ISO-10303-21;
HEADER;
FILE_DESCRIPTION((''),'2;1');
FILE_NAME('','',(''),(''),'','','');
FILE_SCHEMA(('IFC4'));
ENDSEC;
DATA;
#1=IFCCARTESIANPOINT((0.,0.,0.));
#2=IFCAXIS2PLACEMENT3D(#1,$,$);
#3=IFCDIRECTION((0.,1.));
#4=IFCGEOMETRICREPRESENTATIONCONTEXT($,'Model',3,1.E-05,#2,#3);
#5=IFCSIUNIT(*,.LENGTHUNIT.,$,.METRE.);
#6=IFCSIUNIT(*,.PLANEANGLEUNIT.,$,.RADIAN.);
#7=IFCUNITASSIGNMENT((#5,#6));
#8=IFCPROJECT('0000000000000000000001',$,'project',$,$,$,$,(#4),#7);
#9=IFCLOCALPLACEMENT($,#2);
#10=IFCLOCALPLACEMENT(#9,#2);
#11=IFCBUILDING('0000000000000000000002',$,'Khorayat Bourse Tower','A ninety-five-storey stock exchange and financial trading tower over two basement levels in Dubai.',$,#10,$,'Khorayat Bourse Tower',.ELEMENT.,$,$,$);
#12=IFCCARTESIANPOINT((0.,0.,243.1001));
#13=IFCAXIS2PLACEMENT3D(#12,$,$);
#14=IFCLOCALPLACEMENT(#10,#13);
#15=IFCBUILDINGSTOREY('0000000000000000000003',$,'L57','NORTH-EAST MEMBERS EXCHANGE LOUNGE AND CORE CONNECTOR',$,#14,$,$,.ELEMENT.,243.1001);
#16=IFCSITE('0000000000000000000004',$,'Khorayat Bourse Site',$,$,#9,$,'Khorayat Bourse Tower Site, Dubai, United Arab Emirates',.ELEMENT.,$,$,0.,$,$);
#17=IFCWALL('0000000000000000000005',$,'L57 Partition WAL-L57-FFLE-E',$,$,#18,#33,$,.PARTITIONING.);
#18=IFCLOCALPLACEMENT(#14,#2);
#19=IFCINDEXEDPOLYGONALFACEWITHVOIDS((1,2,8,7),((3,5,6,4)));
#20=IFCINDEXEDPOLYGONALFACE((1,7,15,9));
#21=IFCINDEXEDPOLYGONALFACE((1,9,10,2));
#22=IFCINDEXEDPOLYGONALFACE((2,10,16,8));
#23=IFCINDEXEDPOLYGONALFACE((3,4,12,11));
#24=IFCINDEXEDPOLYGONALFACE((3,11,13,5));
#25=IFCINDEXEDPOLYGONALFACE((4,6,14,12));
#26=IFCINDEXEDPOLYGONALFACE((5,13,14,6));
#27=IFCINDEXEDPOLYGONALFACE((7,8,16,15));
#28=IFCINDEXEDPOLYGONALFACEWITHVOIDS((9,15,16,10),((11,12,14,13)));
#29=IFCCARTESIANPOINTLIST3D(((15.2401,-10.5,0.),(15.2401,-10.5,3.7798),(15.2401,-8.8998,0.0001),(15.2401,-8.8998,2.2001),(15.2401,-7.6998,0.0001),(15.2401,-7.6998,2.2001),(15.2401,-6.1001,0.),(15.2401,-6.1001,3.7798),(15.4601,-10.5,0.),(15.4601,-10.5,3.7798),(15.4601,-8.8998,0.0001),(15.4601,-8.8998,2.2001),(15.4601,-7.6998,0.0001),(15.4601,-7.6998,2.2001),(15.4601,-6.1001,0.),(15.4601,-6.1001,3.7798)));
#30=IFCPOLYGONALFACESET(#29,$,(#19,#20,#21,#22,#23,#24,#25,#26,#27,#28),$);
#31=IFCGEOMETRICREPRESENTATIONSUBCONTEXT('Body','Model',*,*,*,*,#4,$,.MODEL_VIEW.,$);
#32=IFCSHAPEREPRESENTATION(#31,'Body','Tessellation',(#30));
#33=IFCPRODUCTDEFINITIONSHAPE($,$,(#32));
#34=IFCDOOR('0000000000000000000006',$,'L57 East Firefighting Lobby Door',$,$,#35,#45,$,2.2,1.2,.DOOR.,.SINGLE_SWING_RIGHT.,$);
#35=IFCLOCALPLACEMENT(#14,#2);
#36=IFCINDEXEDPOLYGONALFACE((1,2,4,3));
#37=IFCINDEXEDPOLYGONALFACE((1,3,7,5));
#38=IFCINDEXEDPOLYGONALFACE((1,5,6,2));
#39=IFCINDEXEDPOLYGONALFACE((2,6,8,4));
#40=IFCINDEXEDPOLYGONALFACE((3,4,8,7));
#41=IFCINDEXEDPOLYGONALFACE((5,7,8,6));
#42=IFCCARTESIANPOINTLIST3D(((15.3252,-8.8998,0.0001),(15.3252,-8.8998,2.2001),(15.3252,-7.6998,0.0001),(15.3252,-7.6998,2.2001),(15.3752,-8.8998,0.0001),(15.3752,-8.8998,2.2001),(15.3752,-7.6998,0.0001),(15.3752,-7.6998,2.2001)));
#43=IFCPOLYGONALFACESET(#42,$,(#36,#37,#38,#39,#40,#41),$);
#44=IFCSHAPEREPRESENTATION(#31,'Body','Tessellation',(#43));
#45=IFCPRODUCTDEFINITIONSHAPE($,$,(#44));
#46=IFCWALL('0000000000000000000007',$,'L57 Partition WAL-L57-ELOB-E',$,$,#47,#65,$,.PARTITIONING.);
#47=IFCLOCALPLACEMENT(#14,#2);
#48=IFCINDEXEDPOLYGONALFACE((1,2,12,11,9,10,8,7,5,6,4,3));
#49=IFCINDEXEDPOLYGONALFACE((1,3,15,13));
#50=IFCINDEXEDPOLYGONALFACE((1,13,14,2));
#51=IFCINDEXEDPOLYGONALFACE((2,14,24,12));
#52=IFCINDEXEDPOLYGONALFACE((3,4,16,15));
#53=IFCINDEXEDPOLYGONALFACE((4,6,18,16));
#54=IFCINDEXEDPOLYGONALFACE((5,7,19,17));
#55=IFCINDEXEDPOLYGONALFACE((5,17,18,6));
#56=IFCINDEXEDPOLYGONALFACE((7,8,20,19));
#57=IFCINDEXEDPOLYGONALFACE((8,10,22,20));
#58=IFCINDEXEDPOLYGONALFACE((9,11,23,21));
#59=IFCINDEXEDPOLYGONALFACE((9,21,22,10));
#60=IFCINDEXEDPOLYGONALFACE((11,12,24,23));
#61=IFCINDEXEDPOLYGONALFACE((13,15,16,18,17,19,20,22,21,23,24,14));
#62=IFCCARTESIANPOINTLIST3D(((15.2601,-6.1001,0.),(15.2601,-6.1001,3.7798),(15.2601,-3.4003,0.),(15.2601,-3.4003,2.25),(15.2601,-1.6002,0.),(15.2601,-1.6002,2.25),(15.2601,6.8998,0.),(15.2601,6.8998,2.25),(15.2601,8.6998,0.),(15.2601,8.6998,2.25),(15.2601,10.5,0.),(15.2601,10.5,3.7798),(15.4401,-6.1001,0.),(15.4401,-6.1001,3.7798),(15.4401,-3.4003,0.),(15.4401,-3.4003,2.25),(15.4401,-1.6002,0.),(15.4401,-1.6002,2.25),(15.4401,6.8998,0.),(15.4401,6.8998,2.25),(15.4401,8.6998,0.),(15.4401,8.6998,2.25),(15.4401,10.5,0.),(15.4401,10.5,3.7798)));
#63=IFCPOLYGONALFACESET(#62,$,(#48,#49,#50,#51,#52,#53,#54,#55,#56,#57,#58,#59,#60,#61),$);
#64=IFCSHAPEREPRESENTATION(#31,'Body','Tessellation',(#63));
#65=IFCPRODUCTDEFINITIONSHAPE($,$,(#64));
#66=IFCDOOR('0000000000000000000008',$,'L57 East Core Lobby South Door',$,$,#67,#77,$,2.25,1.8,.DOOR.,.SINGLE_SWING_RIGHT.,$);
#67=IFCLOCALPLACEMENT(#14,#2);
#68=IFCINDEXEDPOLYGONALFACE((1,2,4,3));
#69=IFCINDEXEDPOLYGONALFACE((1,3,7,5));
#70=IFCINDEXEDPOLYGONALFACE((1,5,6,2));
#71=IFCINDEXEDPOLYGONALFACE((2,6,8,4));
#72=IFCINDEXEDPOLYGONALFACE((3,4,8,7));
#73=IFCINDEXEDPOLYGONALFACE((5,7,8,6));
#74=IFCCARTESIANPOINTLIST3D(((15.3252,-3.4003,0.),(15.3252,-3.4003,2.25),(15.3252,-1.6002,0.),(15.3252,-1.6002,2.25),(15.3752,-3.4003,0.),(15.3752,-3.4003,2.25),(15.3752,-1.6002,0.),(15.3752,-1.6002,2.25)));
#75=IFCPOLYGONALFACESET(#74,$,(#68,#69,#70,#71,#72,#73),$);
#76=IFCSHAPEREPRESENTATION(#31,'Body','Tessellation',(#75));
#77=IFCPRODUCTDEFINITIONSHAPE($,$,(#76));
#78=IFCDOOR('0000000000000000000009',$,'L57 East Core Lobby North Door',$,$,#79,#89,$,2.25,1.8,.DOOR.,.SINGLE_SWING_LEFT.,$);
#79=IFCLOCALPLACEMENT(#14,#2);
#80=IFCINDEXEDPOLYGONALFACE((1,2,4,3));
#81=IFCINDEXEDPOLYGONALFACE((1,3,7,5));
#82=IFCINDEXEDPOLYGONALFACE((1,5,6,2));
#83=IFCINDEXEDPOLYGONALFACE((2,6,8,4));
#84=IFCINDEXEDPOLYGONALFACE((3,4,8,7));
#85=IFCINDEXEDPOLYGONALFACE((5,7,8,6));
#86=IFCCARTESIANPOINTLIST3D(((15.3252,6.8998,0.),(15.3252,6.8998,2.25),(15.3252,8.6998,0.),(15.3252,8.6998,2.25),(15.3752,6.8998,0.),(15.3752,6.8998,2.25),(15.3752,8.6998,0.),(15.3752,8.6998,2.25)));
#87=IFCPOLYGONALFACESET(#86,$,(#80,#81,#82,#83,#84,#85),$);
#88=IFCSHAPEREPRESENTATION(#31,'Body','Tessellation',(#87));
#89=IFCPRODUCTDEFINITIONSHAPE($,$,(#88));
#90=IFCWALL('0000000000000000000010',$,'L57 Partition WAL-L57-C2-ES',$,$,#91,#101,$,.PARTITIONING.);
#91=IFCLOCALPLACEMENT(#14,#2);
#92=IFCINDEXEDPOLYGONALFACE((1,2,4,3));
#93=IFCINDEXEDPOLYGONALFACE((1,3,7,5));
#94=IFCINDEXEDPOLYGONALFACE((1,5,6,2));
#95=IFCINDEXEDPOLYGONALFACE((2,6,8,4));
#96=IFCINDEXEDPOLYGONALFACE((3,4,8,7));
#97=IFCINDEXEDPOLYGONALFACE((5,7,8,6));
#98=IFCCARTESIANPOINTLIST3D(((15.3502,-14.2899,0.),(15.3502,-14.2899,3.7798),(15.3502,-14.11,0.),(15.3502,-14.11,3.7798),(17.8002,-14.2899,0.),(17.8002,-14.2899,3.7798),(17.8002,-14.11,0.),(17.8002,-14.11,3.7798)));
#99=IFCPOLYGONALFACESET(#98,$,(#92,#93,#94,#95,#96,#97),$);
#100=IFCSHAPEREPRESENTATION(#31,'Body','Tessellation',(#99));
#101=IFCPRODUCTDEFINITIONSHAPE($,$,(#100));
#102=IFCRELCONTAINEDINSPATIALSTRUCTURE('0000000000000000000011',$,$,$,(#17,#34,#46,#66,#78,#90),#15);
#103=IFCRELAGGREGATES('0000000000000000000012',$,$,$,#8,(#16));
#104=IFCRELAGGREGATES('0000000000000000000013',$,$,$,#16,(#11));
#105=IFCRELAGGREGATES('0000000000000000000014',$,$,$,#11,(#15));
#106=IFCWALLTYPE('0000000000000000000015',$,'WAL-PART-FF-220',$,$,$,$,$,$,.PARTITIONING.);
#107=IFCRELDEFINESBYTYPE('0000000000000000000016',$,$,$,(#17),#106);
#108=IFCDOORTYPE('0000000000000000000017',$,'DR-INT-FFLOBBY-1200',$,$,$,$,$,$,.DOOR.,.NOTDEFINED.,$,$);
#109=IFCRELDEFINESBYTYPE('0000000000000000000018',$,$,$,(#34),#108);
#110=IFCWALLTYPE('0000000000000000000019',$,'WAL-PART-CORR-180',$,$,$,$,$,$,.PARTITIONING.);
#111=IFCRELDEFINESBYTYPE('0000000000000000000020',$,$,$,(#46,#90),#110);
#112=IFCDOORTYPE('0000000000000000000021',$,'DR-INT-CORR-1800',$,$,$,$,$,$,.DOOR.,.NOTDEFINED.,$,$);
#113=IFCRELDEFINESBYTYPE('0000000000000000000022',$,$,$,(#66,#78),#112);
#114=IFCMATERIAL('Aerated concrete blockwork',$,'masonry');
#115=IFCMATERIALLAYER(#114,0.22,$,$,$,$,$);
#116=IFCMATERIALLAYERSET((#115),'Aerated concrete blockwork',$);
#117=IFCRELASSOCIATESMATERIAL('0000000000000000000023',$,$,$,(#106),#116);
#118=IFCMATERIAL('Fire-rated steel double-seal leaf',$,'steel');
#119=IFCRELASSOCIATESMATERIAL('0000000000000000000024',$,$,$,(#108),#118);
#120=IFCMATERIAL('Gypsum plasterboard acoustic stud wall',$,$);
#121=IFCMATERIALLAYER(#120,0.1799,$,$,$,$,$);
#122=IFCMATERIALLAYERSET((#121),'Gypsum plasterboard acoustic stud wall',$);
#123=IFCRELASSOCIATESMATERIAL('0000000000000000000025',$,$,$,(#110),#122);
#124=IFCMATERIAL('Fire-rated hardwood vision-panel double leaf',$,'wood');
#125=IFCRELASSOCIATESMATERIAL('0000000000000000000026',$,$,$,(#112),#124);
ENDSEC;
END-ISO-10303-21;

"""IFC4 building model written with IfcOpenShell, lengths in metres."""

from ifc_helpers import new_model, si_unit, direction, frame, frame_2d, origin, place, context, subcontext, project, spatial, rectangle, extrude, source, transform, mapped, material, layer, layer_set, type_object, element, fill, save


model = new_model("IFC4")

# Units and contexts
model_context = context("Model", 3, precision=1e-05, world=origin(), true_north=direction((0.0, 1.0)))
body_context = subcontext(model_context, "Body", "Model", "MODEL_VIEW")
ifc_project = project(units=[si_unit("LENGTHUNIT", "METRE"), si_unit("PLANEANGLEUNIT", "RADIAN")], contexts=[model_context])

# Site, building, storey
site_placement = place(None, origin())
site = spatial("IfcSite", under=ifc_project, at=site_placement, Name="Khorayat Bourse Site", LongName="Khorayat Bourse Tower Site, Dubai, United Arab Emirates", CompositionType="ELEMENT", RefElevation=0.0)
building_placement = place(site_placement, origin())
building = spatial("IfcBuilding", under=site, at=building_placement, Name="Khorayat Bourse Tower", Description="A ninety-five-storey stock exchange and financial trading tower over two basement levels in Dubai.", LongName="Khorayat Bourse Tower", CompositionType="ELEMENT")
storey_placement = place(building_placement, frame((0.0, 0.0, 243.1001)))
storey = spatial("IfcBuildingStorey", under=building, at=storey_placement, Name="L57", Description="NORTH-EAST MEMBERS EXCHANGE LOUNGE AND CORE CONNECTOR", CompositionType="ELEMENT", Elevation=243.1001)

# Shared definitions
ifc_material_1 = material(Name="Aerated concrete blockwork", Category="masonry")
ifc_layer_1 = layer(ifc_material_1, 0.22)
ifc_layer_set_1 = layer_set([ifc_layer_1], Name="Aerated concrete blockwork")
wall_type_1 = type_object("IfcWallType", Name="WAL-PART-FF-220", PredefinedType="PARTITIONING", material=ifc_layer_set_1)

# Wall, opening, door
shared_shape_1 = source(origin(), body_context, "Body", "SweptSolid", [
    extrude(rectangle(XDim=4.3999, YDim=0.22, at=frame_2d((2.2, 0.0))), origin(), (0.0, 0.0, 1.0), 3.7798),
])
wall_1_placement = place(storey_placement, frame((15.3501, -10.5, 0.0), z_axis=(0.0, 0.0, 1.0), x_axis=(0.0, 1.0, 0.0)))
wall_1 = element("IfcWall", 1, at=wall_1_placement, inside=storey, type_object=wall_type_1, Name="L57 Partition WAL-L57-FFLE-E", PredefinedType="PARTITIONING", context=body_context, shape_type="MappedRepresentation", body=[
    mapped(shared_shape_1, transform((0.0, 0.0, 0.0), scale=1.0)),
])
shared_shape_2 = source(origin(), body_context, "Body", "SweptSolid", [
    extrude(rectangle(XDim=1.2, YDim=2.2, at=frame_2d((0.6001, 1.1001))), frame((0.0, 0.1199, 0.0), z_axis=(0.0, -1.0, 0.0), x_axis=(1.0, 0.0, 0.0)), (0.0, 0.0, 1.0), 0.24),
])
opening_1_placement = place(wall_1_placement, frame((1.6001, 0.0, 0.0)))
opening_1 = element("IfcOpeningElement", 2, at=opening_1_placement, cuts=wall_1, PredefinedType="OPENING", context=body_context, shape_type="MappedRepresentation", body=[
    mapped(shared_shape_2, transform((0.0, 0.0, 0.0), scale=1.0)),
])
ifc_material_2 = material(Name="Fire-rated steel double-seal leaf", Category="steel")
door_type_1 = type_object("IfcDoorType", Name="DR-INT-FFLOBBY-1200", OperationType="NOTDEFINED", PredefinedType="DOOR", material=ifc_material_2)
shared_shape_3 = source(origin(), body_context, "Body", "SweptSolid", [
    extrude(rectangle(XDim=1.2, YDim=2.2, at=frame_2d((0.6001, 1.1001))), frame((0.0, 0.0249, 0.0), z_axis=(0.0, -1.0, 0.0), x_axis=(1.0, 0.0, 0.0)), (0.0, 0.0, 1.0), 0.05),
])
door_1_placement = place(opening_1_placement, origin())
door_1 = element("IfcDoor", 3, at=door_1_placement, inside=storey, type_object=door_type_1, Name="L57 East Firefighting Lobby Door", OperationType="SINGLE_SWING_RIGHT", OverallHeight=2.2, OverallWidth=1.2, PredefinedType="DOOR", context=body_context, shape_type="MappedRepresentation", body=[
    mapped(shared_shape_3, transform((0.0, 0.0, 0.0), scale=1.0)),
])
fill(opening_1, door_1)

# Wall, openings, doors
ifc_material_3 = material(Name="Gypsum plasterboard acoustic stud wall")
ifc_layer_2 = layer(ifc_material_3, 0.1799)
ifc_layer_set_2 = layer_set([ifc_layer_2], Name="Gypsum plasterboard acoustic stud wall")
wall_type_2 = type_object("IfcWallType", Name="WAL-PART-CORR-180", PredefinedType="PARTITIONING", material=ifc_layer_set_2)
shared_shape_4 = source(origin(), body_context, "Body", "SweptSolid", [
    extrude(rectangle(XDim=16.6001, YDim=0.1799, at=frame_2d((8.3, 0.0))), origin(), (0.0, 0.0, 1.0), 3.7798),
])
wall_2_placement = place(storey_placement, frame((15.3501, -6.1001, 0.0), z_axis=(0.0, 0.0, 1.0), x_axis=(0.0, 1.0, 0.0)))
wall_2 = element("IfcWall", 4, at=wall_2_placement, inside=storey, type_object=wall_type_2, Name="L57 Partition WAL-L57-ELOB-E", PredefinedType="PARTITIONING", context=body_context, shape_type="MappedRepresentation", body=[
    mapped(shared_shape_4, transform((0.0, 0.0, 0.0), scale=1.0)),
])
shared_shape_5 = source(origin(), body_context, "Body", "SweptSolid", [
    extrude(rectangle(XDim=1.8, YDim=2.25, at=frame_2d((0.8999, 1.125))), frame((0.0, 0.0999, 0.0), z_axis=(0.0, -1.0, 0.0), x_axis=(1.0, 0.0, 0.0)), (0.0, 0.0, 1.0), 0.2),
])
opening_2_placement = place(wall_2_placement, frame((2.7, 0.0, 0.0)))
opening_2 = element("IfcOpeningElement", 5, at=opening_2_placement, cuts=wall_2, PredefinedType="OPENING", context=body_context, shape_type="MappedRepresentation", body=[
    mapped(shared_shape_5, transform((0.0, 0.0, 0.0), scale=1.0)),
])
opening_3_placement = place(wall_2_placement, frame((13.0, 0.0, 0.0)))
opening_3 = element("IfcOpeningElement", 6, at=opening_3_placement, cuts=wall_2, PredefinedType="OPENING", context=body_context, shape_type="MappedRepresentation", body=[
    mapped(shared_shape_5, transform((0.0, 0.0, 0.0), scale=1.0)),
])
ifc_material_4 = material(Name="Fire-rated hardwood vision-panel double leaf", Category="wood")
door_type_2 = type_object("IfcDoorType", Name="DR-INT-CORR-1800", OperationType="NOTDEFINED", PredefinedType="DOOR", material=ifc_material_4)
shared_shape_6 = source(origin(), body_context, "Body", "SweptSolid", [
    extrude(rectangle(XDim=1.8, YDim=2.25, at=frame_2d((0.8999, 1.125))), frame((0.0, 0.0249, 0.0), z_axis=(0.0, -1.0, 0.0), x_axis=(1.0, 0.0, 0.0)), (0.0, 0.0, 1.0), 0.05),
])
door_2_placement = place(opening_2_placement, origin())
door_2 = element("IfcDoor", 7, at=door_2_placement, inside=storey, type_object=door_type_2, Name="L57 East Core Lobby South Door", OperationType="SINGLE_SWING_RIGHT", OverallHeight=2.25, OverallWidth=1.8, PredefinedType="DOOR", context=body_context, shape_type="MappedRepresentation", body=[
    mapped(shared_shape_6, transform((0.0, 0.0, 0.0), scale=1.0)),
])
fill(opening_2, door_2)
door_3_placement = place(opening_3_placement, origin())
door_3 = element("IfcDoor", 8, at=door_3_placement, inside=storey, type_object=door_type_2, Name="L57 East Core Lobby North Door", OperationType="SINGLE_SWING_LEFT", OverallHeight=2.25, OverallWidth=1.8, PredefinedType="DOOR", context=body_context, shape_type="MappedRepresentation", body=[
    mapped(shared_shape_6, transform((0.0, 0.0, 0.0), scale=1.0)),
])
fill(opening_3, door_3)

# Wall
shared_shape_7 = source(origin(), body_context, "Body", "SweptSolid", [
    extrude(rectangle(XDim=2.45, YDim=0.1799, at=frame_2d((1.2251, 0.0))), origin(), (0.0, 0.0, 1.0), 3.7798),
])
wall_3_placement = place(storey_placement, frame((15.3501, -14.2, 0.0), z_axis=(0.0, 0.0, 1.0), x_axis=(1.0, 0.0, 0.0)))
element("IfcWall", 9, at=wall_3_placement, inside=storey, type_object=wall_type_2, Name="L57 Partition WAL-L57-C2-ES", PredefinedType="PARTITIONING", context=body_context, shape_type="MappedRepresentation", body=[
    mapped(shared_shape_7, transform((0.0, 0.0, 0.0), scale=1.0)),
])

save(model, "model.ifc")
